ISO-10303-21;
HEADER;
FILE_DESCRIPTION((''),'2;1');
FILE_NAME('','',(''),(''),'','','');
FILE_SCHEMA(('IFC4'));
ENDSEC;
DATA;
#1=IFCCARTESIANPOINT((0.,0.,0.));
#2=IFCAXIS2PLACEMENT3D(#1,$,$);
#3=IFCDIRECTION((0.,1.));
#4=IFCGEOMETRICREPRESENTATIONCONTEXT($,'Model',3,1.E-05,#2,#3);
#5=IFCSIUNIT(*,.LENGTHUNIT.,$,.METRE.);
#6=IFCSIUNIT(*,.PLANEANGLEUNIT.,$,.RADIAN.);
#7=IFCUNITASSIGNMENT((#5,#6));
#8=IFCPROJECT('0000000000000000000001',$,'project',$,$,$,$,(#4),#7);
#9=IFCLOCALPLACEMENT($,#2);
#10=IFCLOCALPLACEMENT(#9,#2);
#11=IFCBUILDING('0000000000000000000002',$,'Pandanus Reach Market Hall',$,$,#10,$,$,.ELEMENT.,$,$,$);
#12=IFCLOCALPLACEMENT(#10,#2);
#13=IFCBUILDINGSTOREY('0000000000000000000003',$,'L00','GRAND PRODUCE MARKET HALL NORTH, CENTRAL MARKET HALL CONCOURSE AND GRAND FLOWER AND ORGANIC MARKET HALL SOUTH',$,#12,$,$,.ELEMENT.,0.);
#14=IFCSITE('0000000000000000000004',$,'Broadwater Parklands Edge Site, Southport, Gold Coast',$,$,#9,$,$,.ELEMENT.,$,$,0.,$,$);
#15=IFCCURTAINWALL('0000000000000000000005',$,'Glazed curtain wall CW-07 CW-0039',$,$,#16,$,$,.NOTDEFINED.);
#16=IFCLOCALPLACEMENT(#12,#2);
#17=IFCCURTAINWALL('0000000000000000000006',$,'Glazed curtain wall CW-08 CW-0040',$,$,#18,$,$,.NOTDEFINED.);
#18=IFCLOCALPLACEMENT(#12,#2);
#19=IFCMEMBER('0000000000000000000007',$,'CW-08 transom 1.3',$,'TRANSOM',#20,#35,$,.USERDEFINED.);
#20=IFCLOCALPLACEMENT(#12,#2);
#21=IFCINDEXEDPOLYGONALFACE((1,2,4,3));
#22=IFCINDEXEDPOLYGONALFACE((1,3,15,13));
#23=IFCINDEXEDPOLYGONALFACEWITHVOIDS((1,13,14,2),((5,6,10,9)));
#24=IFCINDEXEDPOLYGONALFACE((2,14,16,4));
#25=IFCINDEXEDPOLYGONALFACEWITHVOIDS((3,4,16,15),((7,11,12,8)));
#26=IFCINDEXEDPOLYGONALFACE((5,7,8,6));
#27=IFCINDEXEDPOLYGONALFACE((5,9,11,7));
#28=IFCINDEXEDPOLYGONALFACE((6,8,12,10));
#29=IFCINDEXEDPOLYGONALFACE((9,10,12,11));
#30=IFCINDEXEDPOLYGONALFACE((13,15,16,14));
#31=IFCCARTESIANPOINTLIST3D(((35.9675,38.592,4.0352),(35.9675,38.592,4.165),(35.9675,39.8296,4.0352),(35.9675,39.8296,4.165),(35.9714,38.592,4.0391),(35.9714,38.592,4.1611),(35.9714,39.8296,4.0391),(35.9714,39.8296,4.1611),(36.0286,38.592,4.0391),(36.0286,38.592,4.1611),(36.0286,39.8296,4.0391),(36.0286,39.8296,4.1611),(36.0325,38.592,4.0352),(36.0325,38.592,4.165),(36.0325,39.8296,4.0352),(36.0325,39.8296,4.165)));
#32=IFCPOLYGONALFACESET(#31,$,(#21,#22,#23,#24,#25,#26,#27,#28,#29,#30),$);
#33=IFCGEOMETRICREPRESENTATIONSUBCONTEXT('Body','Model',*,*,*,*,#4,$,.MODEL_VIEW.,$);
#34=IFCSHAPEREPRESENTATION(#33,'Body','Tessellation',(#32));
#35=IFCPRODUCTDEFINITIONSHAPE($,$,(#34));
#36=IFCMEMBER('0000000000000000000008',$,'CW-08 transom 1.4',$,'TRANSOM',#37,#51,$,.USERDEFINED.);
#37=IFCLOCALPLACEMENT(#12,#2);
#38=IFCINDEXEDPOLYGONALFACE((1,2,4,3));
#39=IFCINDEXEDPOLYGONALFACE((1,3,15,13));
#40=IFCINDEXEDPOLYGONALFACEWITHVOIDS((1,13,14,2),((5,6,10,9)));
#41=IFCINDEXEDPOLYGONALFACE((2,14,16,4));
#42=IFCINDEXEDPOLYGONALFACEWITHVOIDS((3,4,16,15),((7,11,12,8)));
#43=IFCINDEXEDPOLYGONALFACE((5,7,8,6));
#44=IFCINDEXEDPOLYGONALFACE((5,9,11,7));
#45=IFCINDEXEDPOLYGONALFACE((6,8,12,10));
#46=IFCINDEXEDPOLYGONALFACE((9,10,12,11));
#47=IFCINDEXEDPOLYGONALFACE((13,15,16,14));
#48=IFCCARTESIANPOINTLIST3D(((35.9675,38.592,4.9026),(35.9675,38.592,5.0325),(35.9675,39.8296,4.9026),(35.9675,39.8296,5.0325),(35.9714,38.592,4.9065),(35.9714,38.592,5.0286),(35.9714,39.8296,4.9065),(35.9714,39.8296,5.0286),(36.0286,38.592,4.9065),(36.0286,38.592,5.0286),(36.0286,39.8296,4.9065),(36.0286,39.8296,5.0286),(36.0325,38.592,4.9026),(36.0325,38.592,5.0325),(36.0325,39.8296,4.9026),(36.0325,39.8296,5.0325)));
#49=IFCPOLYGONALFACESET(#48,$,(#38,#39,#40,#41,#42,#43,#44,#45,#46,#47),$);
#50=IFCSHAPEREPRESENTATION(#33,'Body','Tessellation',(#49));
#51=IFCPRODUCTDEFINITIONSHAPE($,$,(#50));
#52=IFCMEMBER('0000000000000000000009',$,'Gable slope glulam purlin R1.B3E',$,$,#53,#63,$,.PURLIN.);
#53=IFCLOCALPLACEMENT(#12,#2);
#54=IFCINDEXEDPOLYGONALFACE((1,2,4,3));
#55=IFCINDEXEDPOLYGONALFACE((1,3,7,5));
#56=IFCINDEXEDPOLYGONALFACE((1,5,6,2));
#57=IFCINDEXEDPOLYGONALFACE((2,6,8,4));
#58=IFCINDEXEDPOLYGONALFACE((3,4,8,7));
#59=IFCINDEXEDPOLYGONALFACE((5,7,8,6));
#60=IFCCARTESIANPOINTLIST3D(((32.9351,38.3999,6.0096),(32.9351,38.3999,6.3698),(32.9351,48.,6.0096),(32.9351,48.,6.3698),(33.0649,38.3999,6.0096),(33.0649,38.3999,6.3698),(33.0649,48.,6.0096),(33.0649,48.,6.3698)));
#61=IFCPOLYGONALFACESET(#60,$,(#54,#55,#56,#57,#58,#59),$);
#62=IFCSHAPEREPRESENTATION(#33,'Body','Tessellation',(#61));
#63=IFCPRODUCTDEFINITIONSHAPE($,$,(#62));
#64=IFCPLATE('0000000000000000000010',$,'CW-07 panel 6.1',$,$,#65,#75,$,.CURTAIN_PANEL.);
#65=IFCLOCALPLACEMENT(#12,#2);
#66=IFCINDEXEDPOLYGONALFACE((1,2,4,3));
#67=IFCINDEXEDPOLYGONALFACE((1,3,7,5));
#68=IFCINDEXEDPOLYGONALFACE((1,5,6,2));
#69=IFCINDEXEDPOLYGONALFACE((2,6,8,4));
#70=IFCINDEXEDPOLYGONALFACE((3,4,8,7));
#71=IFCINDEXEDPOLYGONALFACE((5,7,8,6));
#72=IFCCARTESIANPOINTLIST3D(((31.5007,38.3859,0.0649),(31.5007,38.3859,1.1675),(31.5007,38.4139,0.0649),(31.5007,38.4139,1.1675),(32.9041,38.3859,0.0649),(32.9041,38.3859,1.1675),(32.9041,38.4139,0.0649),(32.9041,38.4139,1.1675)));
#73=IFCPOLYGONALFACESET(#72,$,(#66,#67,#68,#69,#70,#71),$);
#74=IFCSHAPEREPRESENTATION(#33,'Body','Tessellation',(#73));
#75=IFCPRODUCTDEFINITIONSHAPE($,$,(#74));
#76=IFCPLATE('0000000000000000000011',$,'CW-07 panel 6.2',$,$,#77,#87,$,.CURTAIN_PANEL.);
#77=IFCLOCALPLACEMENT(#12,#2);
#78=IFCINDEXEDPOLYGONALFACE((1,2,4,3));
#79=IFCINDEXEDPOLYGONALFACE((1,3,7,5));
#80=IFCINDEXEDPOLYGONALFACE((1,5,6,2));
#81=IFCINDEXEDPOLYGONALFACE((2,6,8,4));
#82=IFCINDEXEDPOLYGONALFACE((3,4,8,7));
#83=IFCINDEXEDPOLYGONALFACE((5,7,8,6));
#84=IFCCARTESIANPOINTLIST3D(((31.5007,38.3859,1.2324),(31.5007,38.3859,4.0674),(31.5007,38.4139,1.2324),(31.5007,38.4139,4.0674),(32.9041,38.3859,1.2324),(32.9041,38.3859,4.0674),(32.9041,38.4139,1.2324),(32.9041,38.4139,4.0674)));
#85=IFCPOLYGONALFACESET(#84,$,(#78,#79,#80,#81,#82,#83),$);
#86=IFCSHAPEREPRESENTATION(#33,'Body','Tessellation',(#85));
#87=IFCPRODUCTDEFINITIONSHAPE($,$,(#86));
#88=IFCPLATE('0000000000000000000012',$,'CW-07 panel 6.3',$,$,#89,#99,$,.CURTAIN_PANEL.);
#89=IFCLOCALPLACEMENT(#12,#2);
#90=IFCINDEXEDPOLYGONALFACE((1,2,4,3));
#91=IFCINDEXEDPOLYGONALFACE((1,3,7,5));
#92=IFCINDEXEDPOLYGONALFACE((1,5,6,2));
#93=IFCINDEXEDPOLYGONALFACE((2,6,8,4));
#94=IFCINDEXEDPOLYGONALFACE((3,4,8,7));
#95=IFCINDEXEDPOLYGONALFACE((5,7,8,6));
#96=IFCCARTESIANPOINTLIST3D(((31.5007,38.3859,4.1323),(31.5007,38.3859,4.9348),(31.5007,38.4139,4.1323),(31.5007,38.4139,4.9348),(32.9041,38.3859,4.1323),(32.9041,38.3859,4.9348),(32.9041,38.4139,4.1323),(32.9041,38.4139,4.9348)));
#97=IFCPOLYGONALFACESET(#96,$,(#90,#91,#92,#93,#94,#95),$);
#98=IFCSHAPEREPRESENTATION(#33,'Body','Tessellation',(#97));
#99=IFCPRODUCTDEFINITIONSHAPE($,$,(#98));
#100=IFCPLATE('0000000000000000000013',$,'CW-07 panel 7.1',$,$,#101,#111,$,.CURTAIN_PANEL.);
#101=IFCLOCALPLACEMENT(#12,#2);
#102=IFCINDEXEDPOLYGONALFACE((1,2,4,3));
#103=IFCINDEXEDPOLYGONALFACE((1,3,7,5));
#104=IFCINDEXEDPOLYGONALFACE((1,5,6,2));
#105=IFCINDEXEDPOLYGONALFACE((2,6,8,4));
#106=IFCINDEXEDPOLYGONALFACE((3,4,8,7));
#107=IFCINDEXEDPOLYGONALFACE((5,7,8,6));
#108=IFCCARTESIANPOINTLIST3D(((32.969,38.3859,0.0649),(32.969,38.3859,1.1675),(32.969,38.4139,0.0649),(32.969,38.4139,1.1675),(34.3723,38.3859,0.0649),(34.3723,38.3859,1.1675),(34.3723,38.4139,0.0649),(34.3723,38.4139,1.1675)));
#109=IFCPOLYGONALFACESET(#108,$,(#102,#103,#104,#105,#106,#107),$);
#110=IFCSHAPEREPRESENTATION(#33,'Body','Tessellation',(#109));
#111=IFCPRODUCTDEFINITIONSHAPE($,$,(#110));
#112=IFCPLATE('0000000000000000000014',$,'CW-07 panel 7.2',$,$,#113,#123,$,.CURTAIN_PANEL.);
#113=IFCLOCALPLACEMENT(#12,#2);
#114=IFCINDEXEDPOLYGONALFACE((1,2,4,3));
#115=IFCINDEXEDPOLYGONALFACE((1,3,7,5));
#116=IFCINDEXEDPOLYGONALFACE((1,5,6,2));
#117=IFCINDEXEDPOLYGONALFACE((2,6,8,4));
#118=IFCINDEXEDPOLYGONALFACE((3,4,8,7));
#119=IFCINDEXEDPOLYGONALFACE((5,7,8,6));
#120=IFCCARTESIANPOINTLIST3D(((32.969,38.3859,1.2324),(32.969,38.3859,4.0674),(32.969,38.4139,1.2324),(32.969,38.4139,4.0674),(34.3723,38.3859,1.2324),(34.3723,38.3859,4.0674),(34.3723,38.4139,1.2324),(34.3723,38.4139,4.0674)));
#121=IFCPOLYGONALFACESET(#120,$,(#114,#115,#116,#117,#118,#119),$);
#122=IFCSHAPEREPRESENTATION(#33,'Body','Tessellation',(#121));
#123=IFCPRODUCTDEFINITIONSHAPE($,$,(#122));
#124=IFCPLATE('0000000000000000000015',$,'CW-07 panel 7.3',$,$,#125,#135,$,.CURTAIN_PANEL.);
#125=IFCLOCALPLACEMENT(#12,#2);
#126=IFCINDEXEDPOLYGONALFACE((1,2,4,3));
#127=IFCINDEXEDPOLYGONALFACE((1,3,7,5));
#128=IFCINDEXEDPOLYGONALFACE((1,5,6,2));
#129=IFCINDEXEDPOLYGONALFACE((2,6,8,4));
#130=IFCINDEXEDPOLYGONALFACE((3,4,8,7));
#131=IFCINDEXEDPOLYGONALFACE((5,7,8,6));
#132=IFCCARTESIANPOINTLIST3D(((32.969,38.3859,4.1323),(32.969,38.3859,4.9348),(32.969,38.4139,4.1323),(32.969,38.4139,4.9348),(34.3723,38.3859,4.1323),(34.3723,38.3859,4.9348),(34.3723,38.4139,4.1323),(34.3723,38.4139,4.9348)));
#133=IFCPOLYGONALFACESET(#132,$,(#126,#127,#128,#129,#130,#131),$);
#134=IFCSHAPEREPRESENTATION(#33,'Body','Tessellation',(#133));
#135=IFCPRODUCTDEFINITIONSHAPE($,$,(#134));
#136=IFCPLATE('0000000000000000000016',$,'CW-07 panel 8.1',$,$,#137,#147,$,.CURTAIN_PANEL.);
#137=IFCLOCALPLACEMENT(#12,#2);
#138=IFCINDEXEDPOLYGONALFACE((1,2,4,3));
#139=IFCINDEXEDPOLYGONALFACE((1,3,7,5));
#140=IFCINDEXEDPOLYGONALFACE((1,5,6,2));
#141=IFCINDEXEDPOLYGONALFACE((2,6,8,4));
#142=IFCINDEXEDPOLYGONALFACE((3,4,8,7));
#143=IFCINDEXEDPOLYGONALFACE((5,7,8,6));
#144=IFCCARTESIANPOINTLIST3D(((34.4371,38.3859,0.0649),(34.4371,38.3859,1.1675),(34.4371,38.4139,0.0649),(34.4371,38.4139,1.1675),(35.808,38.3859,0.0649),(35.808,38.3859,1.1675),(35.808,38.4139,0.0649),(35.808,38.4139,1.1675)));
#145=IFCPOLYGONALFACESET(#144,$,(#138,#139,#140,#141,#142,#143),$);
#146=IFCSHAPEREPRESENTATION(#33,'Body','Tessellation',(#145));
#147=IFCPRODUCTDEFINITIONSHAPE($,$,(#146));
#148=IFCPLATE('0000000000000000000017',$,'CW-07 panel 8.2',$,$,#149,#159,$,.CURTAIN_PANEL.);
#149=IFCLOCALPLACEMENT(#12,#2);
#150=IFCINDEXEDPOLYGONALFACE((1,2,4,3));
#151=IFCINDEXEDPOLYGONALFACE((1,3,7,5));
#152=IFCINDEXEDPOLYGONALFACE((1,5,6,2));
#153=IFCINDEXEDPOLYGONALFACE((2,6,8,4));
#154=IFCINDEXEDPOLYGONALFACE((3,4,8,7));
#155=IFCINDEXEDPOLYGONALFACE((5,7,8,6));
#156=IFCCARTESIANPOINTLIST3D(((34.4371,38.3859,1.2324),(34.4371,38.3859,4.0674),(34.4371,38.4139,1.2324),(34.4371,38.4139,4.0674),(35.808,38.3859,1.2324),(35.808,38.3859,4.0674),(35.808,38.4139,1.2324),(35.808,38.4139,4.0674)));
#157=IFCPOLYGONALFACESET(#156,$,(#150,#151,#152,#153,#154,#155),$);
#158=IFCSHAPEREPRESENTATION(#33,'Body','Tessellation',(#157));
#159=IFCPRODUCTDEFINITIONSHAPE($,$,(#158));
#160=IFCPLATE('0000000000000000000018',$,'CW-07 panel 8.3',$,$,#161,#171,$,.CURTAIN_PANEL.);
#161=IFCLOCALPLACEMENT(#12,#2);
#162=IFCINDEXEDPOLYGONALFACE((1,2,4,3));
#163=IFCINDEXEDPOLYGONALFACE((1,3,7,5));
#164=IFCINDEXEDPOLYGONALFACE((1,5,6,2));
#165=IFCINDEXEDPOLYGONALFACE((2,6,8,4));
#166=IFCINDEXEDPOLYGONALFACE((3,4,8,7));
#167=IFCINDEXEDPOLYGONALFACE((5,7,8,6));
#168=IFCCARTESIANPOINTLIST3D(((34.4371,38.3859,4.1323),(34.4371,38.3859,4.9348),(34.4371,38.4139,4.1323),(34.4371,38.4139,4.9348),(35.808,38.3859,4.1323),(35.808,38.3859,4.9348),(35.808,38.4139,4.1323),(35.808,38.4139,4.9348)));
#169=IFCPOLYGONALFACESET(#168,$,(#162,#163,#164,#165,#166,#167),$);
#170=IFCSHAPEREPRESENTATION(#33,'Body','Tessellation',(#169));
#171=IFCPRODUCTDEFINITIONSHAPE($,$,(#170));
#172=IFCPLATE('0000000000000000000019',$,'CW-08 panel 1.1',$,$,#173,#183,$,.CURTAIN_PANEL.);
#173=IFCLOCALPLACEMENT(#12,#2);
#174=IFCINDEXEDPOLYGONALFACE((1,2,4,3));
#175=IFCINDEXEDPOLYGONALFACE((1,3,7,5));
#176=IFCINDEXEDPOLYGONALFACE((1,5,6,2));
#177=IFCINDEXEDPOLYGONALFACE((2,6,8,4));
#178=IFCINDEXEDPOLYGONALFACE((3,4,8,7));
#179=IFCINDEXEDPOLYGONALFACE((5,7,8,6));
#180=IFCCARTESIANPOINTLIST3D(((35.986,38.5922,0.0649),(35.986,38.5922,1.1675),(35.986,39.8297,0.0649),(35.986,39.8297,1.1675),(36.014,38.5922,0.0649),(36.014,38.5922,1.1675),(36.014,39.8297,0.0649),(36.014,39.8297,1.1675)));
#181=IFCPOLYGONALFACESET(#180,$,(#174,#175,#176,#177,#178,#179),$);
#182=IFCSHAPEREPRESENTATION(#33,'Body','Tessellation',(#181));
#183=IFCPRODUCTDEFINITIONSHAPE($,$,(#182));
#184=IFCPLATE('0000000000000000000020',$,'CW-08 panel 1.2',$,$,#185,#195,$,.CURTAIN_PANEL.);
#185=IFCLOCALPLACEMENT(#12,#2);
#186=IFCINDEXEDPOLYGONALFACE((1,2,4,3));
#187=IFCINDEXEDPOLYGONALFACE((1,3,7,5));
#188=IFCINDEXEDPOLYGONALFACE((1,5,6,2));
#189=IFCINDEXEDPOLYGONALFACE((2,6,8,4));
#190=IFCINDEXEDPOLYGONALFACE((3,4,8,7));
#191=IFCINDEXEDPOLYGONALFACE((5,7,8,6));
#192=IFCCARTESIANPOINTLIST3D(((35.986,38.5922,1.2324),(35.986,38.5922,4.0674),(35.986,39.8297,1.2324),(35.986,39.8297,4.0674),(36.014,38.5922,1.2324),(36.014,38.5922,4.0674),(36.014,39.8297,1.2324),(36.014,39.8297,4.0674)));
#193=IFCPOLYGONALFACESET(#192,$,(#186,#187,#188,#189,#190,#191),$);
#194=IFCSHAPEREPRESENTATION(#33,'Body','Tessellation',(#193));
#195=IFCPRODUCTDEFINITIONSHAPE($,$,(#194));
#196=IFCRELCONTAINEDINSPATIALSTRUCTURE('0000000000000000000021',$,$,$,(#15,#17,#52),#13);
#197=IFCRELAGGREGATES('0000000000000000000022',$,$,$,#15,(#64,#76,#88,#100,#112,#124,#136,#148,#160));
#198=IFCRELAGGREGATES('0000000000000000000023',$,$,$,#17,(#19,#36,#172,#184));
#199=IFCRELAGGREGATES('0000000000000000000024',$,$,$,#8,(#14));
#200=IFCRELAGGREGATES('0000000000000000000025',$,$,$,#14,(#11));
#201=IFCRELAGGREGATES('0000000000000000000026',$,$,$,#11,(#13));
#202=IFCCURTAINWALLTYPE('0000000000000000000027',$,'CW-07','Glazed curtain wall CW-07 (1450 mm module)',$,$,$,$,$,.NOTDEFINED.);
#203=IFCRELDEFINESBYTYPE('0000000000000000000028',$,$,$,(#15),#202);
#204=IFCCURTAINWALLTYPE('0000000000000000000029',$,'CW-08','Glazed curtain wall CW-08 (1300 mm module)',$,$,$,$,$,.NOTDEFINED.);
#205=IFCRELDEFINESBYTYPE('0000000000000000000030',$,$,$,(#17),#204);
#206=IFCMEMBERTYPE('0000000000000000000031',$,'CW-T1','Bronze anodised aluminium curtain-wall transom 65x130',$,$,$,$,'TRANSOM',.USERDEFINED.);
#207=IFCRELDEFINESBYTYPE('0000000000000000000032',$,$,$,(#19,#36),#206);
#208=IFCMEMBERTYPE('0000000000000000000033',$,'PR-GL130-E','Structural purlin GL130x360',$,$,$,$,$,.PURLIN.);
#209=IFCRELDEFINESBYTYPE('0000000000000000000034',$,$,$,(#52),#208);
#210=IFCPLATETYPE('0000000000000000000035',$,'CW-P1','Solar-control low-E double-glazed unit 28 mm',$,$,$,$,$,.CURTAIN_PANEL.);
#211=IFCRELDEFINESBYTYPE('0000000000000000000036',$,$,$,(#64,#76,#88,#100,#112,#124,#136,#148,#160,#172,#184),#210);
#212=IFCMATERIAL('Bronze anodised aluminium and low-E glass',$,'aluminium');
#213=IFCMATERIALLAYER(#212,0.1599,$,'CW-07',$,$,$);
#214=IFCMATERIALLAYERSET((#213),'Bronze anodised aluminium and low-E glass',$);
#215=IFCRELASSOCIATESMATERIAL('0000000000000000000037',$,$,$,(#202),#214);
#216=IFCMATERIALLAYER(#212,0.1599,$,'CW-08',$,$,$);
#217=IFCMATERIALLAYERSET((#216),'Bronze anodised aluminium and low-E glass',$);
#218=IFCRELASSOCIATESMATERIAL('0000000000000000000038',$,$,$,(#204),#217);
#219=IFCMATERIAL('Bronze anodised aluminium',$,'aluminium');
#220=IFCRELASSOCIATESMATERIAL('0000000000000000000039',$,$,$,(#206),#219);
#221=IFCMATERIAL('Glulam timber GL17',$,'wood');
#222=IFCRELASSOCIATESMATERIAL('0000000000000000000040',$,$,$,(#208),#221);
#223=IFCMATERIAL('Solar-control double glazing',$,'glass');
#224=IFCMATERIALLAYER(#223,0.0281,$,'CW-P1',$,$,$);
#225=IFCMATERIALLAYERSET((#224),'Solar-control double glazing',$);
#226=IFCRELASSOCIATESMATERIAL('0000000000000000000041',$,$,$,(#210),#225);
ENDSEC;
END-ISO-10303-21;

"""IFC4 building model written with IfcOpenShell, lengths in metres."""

from ifc_helpers import new_model, si_unit, direction, frame, origin, origin_2d, place, context, subcontext, project, spatial, rectangle, hollow_rectangle, extrude, material, layer, layer_set, material_profile, profile_set, type_object, element, aggregate, save


model = new_model("IFC4")

# Units and contexts
model_context = context("Model", 3, precision=1e-05, world=origin(), true_north=direction((0.0, 1.0)))
body_context = subcontext(model_context, "Body", "Model", "MODEL_VIEW")
ifc_project = project(units=[si_unit("LENGTHUNIT", "METRE"), si_unit("PLANEANGLEUNIT", "RADIAN")], contexts=[model_context])

# Site, building, storey
site_placement = place(None, origin())
site = spatial("IfcSite", under=ifc_project, at=site_placement, Name="Broadwater Parklands Edge Site, Southport, Gold Coast", CompositionType="ELEMENT", RefElevation=0.0)
building_placement = place(site_placement, origin())
building = spatial("IfcBuilding", under=site, at=building_placement, Name="Pandanus Reach Market Hall", CompositionType="ELEMENT")
storey_placement = place(building_placement, origin())
storey = spatial("IfcBuildingStorey", under=building, at=storey_placement, Name="L00", Description="GRAND PRODUCE MARKET HALL NORTH, CENTRAL MARKET HALL CONCOURSE AND GRAND FLOWER AND ORGANIC MARKET HALL SOUTH", CompositionType="ELEMENT", Elevation=0.0)

# Curtain wall
ifc_material_1 = material(Name="Bronze anodised aluminium and low-E glass", Category="aluminium")
ifc_layer_1 = layer(ifc_material_1, 0.1599, Name="CW-07")
ifc_layer_set_1 = layer_set([ifc_layer_1], Name="Bronze anodised aluminium and low-E glass")
curtain_wall_type_1 = type_object("IfcCurtainWallType", Name="CW-07", Description="Glazed curtain wall CW-07 (1450 mm module)", PredefinedType="NOTDEFINED", material=ifc_layer_set_1)
curtain_wall_1_placement = place(storey_placement, origin())
curtain_wall_1 = element("IfcCurtainWall", 1, at=curtain_wall_1_placement, inside=storey, type_object=curtain_wall_type_1, Name="Glazed curtain wall CW-07 CW-0039", PredefinedType="NOTDEFINED")
ifc_material_2 = material(Name="Bronze anodised aluminium", Category="aluminium")

# Curtain wall
ifc_layer_2 = layer(ifc_material_1, 0.1599, Name="CW-08")
ifc_layer_set_2 = layer_set([ifc_layer_2], Name="Bronze anodised aluminium and low-E glass")
curtain_wall_type_2 = type_object("IfcCurtainWallType", Name="CW-08", Description="Glazed curtain wall CW-08 (1300 mm module)", PredefinedType="NOTDEFINED", material=ifc_layer_set_2)
curtain_wall_2_placement = place(storey_placement, origin())
curtain_wall_2 = element("IfcCurtainWall", 2, at=curtain_wall_2_placement, inside=storey, type_object=curtain_wall_type_2, Name="Glazed curtain wall CW-08 CW-0040", PredefinedType="NOTDEFINED")

# Members
ifc_material_profile_1 = material_profile(ifc_material_2, hollow_rectangle(XDim=0.0649, YDim=0.1299, WallThickness=0.0039, at=origin_2d()), Name="ALU65x130", Category="LoadBearing")
ifc_profile_set_1 = profile_set([ifc_material_profile_1], Name="Bronze anodised aluminium")
member_type_1 = type_object("IfcMemberType", Name="CW-T1", Description="Bronze anodised aluminium curtain-wall transom 65x130", ElementType="TRANSOM", PredefinedType="USERDEFINED", material=ifc_profile_set_1)
member_1_placement = place(storey_placement, frame((36.0, 38.592, 4.1001), z_axis=(0.0, 1.0, 0.0), x_axis=(-1.0, 0.0, 0.0)))
member_1 = element("IfcMember", 3, at=member_1_placement, type_object=member_type_1, Name="CW-08 transom 1.3", ObjectType="TRANSOM", PredefinedType="USERDEFINED", context=body_context, shape_type="SweptSolid", body=[
    extrude(hollow_rectangle(XDim=0.0649, YDim=0.1299, WallThickness=0.0039, at=origin_2d()), origin(), (0.0, 0.0, 1.0), 1.2375),
])
member_2_placement = place(storey_placement, frame((36.0, 38.592, 4.9675), z_axis=(0.0, 1.0, 0.0), x_axis=(-1.0, 0.0, 0.0)))
member_2 = element("IfcMember", 4, at=member_2_placement, type_object=member_type_1, Name="CW-08 transom 1.4", ObjectType="TRANSOM", PredefinedType="USERDEFINED", context=body_context, shape_type="SweptSolid", body=[
    extrude(hollow_rectangle(XDim=0.0649, YDim=0.1299, WallThickness=0.0039, at=origin_2d()), origin(), (0.0, 0.0, 1.0), 1.2375),
])
ifc_material_3 = material(Name="Glulam timber GL17", Category="wood")
ifc_material_profile_2 = material_profile(ifc_material_3, rectangle(XDim=0.1299, YDim=0.3601, at=origin_2d()), Name="GL130x360", Category="LoadBearing")
ifc_profile_set_2 = profile_set([ifc_material_profile_2], Name="Glulam timber GL17")
member_type_2 = type_object("IfcMemberType", Name="PR-GL130-E", Description="Structural purlin GL130x360", PredefinedType="PURLIN", material=ifc_profile_set_2)
member_3_placement = place(storey_placement, frame((33.0, 38.3999, 6.1897), z_axis=(0.0, 1.0, 0.0), x_axis=(-1.0, 0.0, 0.0)))
element("IfcMember", 5, at=member_3_placement, inside=storey, type_object=member_type_2, Name="Gable slope glulam purlin R1.B3E", PredefinedType="PURLIN", context=body_context, shape_type="SweptSolid", body=[
    extrude(rectangle(XDim=0.1299, YDim=0.3601, at=origin_2d()), origin(), (0.0, 0.0, 1.0), 9.6001),
])

# Plates
ifc_material_4 = material(Name="Solar-control double glazing", Category="glass")
ifc_layer_3 = layer(ifc_material_4, 0.0281, Name="CW-P1")
ifc_layer_set_3 = layer_set([ifc_layer_3], Name="Solar-control double glazing")
plate_type = type_object("IfcPlateType", Name="CW-P1", Description="Solar-control low-E double-glazed unit 28 mm", PredefinedType="CURTAIN_PANEL", material=ifc_layer_set_3)
plate_1_placement = place(storey_placement, frame((32.2024, 38.3999, 0.0649), z_axis=(0.0, 0.0, 1.0), x_axis=(1.0, 0.0, 0.0)))
plate_1 = element("IfcPlate", 6, at=plate_1_placement, type_object=plate_type, Name="CW-07 panel 6.1", PredefinedType="CURTAIN_PANEL", context=body_context, shape_type="SweptSolid", body=[
    extrude(rectangle(XDim=1.4033, YDim=0.0281, at=origin_2d()), origin(), (0.0, 0.0, 1.0), 1.1025),
])
plate_2_placement = place(storey_placement, frame((32.2024, 38.3999, 1.2324), z_axis=(0.0, 0.0, 1.0), x_axis=(1.0, 0.0, 0.0)))
plate_2 = element("IfcPlate", 7, at=plate_2_placement, type_object=plate_type, Name="CW-07 panel 6.2", PredefinedType="CURTAIN_PANEL", context=body_context, shape_type="SweptSolid", body=[
    extrude(rectangle(XDim=1.4033, YDim=0.0281, at=origin_2d()), origin(), (0.0, 0.0, 1.0), 2.835),
])
plate_3_placement = place(storey_placement, frame((32.2024, 38.3999, 4.1323), z_axis=(0.0, 0.0, 1.0), x_axis=(1.0, 0.0, 0.0)))
plate_3 = element("IfcPlate", 8, at=plate_3_placement, type_object=plate_type, Name="CW-07 panel 6.3", PredefinedType="CURTAIN_PANEL", context=body_context, shape_type="SweptSolid", body=[
    extrude(rectangle(XDim=1.4033, YDim=0.0281, at=origin_2d()), origin(), (0.0, 0.0, 1.0), 0.8025),
])
plate_4_placement = place(storey_placement, frame((33.6707, 38.3999, 0.0649), z_axis=(0.0, 0.0, 1.0), x_axis=(1.0, 0.0, 0.0)))
plate_4 = element("IfcPlate", 9, at=plate_4_placement, type_object=plate_type, Name="CW-07 panel 7.1", PredefinedType="CURTAIN_PANEL", context=body_context, shape_type="SweptSolid", body=[
    extrude(rectangle(XDim=1.4033, YDim=0.0281, at=origin_2d()), origin(), (0.0, 0.0, 1.0), 1.1025),
])
plate_5_placement = place(storey_placement, frame((33.6707, 38.3999, 1.2324), z_axis=(0.0, 0.0, 1.0), x_axis=(1.0, 0.0, 0.0)))
plate_5 = element("IfcPlate", 10, at=plate_5_placement, type_object=plate_type, Name="CW-07 panel 7.2", PredefinedType="CURTAIN_PANEL", context=body_context, shape_type="SweptSolid", body=[
    extrude(rectangle(XDim=1.4033, YDim=0.0281, at=origin_2d()), origin(), (0.0, 0.0, 1.0), 2.835),
])
plate_6_placement = place(storey_placement, frame((33.6707, 38.3999, 4.1323), z_axis=(0.0, 0.0, 1.0), x_axis=(1.0, 0.0, 0.0)))
plate_6 = element("IfcPlate", 11, at=plate_6_placement, type_object=plate_type, Name="CW-07 panel 7.3", PredefinedType="CURTAIN_PANEL", context=body_context, shape_type="SweptSolid", body=[
    extrude(rectangle(XDim=1.4033, YDim=0.0281, at=origin_2d()), origin(), (0.0, 0.0, 1.0), 0.8025),
])
plate_7_placement = place(storey_placement, frame((35.1226, 38.3999, 0.0649), z_axis=(0.0, 0.0, 1.0), x_axis=(1.0, 0.0, 0.0)))
plate_7 = element("IfcPlate", 12, at=plate_7_placement, type_object=plate_type, Name="CW-07 panel 8.1", PredefinedType="CURTAIN_PANEL", context=body_context, shape_type="SweptSolid", body=[
    extrude(rectangle(XDim=1.3708, YDim=0.0281, at=origin_2d()), origin(), (0.0, 0.0, 1.0), 1.1025),
])
plate_8_placement = place(storey_placement, frame((35.1226, 38.3999, 1.2324), z_axis=(0.0, 0.0, 1.0), x_axis=(1.0, 0.0, 0.0)))
plate_8 = element("IfcPlate", 13, at=plate_8_placement, type_object=plate_type, Name="CW-07 panel 8.2", PredefinedType="CURTAIN_PANEL", context=body_context, shape_type="SweptSolid", body=[
    extrude(rectangle(XDim=1.3708, YDim=0.0281, at=origin_2d()), origin(), (0.0, 0.0, 1.0), 2.835),
])
plate_9_placement = place(storey_placement, frame((35.1226, 38.3999, 4.1323), z_axis=(0.0, 0.0, 1.0), x_axis=(1.0, 0.0, 0.0)))
plate_9 = element("IfcPlate", 14, at=plate_9_placement, type_object=plate_type, Name="CW-07 panel 8.3", PredefinedType="CURTAIN_PANEL", context=body_context, shape_type="SweptSolid", body=[
    extrude(rectangle(XDim=1.3708, YDim=0.0281, at=origin_2d()), origin(), (0.0, 0.0, 1.0), 0.8025),
])
aggregate(curtain_wall_1, [plate_1, plate_2, plate_3, plate_4, plate_5, plate_6, plate_7, plate_8, plate_9])
plate_10_placement = place(storey_placement, frame((36.0, 39.2109, 0.0649), z_axis=(0.0, 0.0, 1.0), x_axis=(0.0, 1.0, 0.0)))
plate_10 = element("IfcPlate", 15, at=plate_10_placement, type_object=plate_type, Name="CW-08 panel 1.1", PredefinedType="CURTAIN_PANEL", context=body_context, shape_type="SweptSolid", body=[
    extrude(rectangle(XDim=1.2375, YDim=0.0281, at=origin_2d()), origin(), (0.0, 0.0, 1.0), 1.1025),
])
plate_11_placement = place(storey_placement, frame((36.0, 39.2109, 1.2324), z_axis=(0.0, 0.0, 1.0), x_axis=(0.0, 1.0, 0.0)))
plate_11 = element("IfcPlate", 16, at=plate_11_placement, type_object=plate_type, Name="CW-08 panel 1.2", PredefinedType="CURTAIN_PANEL", context=body_context, shape_type="SweptSolid", body=[
    extrude(rectangle(XDim=1.2375, YDim=0.0281, at=origin_2d()), origin(), (0.0, 0.0, 1.0), 2.835),
])
aggregate(curtain_wall_2, [member_1, member_2, plate_10, plate_11])

save(model, "model.ifc")
